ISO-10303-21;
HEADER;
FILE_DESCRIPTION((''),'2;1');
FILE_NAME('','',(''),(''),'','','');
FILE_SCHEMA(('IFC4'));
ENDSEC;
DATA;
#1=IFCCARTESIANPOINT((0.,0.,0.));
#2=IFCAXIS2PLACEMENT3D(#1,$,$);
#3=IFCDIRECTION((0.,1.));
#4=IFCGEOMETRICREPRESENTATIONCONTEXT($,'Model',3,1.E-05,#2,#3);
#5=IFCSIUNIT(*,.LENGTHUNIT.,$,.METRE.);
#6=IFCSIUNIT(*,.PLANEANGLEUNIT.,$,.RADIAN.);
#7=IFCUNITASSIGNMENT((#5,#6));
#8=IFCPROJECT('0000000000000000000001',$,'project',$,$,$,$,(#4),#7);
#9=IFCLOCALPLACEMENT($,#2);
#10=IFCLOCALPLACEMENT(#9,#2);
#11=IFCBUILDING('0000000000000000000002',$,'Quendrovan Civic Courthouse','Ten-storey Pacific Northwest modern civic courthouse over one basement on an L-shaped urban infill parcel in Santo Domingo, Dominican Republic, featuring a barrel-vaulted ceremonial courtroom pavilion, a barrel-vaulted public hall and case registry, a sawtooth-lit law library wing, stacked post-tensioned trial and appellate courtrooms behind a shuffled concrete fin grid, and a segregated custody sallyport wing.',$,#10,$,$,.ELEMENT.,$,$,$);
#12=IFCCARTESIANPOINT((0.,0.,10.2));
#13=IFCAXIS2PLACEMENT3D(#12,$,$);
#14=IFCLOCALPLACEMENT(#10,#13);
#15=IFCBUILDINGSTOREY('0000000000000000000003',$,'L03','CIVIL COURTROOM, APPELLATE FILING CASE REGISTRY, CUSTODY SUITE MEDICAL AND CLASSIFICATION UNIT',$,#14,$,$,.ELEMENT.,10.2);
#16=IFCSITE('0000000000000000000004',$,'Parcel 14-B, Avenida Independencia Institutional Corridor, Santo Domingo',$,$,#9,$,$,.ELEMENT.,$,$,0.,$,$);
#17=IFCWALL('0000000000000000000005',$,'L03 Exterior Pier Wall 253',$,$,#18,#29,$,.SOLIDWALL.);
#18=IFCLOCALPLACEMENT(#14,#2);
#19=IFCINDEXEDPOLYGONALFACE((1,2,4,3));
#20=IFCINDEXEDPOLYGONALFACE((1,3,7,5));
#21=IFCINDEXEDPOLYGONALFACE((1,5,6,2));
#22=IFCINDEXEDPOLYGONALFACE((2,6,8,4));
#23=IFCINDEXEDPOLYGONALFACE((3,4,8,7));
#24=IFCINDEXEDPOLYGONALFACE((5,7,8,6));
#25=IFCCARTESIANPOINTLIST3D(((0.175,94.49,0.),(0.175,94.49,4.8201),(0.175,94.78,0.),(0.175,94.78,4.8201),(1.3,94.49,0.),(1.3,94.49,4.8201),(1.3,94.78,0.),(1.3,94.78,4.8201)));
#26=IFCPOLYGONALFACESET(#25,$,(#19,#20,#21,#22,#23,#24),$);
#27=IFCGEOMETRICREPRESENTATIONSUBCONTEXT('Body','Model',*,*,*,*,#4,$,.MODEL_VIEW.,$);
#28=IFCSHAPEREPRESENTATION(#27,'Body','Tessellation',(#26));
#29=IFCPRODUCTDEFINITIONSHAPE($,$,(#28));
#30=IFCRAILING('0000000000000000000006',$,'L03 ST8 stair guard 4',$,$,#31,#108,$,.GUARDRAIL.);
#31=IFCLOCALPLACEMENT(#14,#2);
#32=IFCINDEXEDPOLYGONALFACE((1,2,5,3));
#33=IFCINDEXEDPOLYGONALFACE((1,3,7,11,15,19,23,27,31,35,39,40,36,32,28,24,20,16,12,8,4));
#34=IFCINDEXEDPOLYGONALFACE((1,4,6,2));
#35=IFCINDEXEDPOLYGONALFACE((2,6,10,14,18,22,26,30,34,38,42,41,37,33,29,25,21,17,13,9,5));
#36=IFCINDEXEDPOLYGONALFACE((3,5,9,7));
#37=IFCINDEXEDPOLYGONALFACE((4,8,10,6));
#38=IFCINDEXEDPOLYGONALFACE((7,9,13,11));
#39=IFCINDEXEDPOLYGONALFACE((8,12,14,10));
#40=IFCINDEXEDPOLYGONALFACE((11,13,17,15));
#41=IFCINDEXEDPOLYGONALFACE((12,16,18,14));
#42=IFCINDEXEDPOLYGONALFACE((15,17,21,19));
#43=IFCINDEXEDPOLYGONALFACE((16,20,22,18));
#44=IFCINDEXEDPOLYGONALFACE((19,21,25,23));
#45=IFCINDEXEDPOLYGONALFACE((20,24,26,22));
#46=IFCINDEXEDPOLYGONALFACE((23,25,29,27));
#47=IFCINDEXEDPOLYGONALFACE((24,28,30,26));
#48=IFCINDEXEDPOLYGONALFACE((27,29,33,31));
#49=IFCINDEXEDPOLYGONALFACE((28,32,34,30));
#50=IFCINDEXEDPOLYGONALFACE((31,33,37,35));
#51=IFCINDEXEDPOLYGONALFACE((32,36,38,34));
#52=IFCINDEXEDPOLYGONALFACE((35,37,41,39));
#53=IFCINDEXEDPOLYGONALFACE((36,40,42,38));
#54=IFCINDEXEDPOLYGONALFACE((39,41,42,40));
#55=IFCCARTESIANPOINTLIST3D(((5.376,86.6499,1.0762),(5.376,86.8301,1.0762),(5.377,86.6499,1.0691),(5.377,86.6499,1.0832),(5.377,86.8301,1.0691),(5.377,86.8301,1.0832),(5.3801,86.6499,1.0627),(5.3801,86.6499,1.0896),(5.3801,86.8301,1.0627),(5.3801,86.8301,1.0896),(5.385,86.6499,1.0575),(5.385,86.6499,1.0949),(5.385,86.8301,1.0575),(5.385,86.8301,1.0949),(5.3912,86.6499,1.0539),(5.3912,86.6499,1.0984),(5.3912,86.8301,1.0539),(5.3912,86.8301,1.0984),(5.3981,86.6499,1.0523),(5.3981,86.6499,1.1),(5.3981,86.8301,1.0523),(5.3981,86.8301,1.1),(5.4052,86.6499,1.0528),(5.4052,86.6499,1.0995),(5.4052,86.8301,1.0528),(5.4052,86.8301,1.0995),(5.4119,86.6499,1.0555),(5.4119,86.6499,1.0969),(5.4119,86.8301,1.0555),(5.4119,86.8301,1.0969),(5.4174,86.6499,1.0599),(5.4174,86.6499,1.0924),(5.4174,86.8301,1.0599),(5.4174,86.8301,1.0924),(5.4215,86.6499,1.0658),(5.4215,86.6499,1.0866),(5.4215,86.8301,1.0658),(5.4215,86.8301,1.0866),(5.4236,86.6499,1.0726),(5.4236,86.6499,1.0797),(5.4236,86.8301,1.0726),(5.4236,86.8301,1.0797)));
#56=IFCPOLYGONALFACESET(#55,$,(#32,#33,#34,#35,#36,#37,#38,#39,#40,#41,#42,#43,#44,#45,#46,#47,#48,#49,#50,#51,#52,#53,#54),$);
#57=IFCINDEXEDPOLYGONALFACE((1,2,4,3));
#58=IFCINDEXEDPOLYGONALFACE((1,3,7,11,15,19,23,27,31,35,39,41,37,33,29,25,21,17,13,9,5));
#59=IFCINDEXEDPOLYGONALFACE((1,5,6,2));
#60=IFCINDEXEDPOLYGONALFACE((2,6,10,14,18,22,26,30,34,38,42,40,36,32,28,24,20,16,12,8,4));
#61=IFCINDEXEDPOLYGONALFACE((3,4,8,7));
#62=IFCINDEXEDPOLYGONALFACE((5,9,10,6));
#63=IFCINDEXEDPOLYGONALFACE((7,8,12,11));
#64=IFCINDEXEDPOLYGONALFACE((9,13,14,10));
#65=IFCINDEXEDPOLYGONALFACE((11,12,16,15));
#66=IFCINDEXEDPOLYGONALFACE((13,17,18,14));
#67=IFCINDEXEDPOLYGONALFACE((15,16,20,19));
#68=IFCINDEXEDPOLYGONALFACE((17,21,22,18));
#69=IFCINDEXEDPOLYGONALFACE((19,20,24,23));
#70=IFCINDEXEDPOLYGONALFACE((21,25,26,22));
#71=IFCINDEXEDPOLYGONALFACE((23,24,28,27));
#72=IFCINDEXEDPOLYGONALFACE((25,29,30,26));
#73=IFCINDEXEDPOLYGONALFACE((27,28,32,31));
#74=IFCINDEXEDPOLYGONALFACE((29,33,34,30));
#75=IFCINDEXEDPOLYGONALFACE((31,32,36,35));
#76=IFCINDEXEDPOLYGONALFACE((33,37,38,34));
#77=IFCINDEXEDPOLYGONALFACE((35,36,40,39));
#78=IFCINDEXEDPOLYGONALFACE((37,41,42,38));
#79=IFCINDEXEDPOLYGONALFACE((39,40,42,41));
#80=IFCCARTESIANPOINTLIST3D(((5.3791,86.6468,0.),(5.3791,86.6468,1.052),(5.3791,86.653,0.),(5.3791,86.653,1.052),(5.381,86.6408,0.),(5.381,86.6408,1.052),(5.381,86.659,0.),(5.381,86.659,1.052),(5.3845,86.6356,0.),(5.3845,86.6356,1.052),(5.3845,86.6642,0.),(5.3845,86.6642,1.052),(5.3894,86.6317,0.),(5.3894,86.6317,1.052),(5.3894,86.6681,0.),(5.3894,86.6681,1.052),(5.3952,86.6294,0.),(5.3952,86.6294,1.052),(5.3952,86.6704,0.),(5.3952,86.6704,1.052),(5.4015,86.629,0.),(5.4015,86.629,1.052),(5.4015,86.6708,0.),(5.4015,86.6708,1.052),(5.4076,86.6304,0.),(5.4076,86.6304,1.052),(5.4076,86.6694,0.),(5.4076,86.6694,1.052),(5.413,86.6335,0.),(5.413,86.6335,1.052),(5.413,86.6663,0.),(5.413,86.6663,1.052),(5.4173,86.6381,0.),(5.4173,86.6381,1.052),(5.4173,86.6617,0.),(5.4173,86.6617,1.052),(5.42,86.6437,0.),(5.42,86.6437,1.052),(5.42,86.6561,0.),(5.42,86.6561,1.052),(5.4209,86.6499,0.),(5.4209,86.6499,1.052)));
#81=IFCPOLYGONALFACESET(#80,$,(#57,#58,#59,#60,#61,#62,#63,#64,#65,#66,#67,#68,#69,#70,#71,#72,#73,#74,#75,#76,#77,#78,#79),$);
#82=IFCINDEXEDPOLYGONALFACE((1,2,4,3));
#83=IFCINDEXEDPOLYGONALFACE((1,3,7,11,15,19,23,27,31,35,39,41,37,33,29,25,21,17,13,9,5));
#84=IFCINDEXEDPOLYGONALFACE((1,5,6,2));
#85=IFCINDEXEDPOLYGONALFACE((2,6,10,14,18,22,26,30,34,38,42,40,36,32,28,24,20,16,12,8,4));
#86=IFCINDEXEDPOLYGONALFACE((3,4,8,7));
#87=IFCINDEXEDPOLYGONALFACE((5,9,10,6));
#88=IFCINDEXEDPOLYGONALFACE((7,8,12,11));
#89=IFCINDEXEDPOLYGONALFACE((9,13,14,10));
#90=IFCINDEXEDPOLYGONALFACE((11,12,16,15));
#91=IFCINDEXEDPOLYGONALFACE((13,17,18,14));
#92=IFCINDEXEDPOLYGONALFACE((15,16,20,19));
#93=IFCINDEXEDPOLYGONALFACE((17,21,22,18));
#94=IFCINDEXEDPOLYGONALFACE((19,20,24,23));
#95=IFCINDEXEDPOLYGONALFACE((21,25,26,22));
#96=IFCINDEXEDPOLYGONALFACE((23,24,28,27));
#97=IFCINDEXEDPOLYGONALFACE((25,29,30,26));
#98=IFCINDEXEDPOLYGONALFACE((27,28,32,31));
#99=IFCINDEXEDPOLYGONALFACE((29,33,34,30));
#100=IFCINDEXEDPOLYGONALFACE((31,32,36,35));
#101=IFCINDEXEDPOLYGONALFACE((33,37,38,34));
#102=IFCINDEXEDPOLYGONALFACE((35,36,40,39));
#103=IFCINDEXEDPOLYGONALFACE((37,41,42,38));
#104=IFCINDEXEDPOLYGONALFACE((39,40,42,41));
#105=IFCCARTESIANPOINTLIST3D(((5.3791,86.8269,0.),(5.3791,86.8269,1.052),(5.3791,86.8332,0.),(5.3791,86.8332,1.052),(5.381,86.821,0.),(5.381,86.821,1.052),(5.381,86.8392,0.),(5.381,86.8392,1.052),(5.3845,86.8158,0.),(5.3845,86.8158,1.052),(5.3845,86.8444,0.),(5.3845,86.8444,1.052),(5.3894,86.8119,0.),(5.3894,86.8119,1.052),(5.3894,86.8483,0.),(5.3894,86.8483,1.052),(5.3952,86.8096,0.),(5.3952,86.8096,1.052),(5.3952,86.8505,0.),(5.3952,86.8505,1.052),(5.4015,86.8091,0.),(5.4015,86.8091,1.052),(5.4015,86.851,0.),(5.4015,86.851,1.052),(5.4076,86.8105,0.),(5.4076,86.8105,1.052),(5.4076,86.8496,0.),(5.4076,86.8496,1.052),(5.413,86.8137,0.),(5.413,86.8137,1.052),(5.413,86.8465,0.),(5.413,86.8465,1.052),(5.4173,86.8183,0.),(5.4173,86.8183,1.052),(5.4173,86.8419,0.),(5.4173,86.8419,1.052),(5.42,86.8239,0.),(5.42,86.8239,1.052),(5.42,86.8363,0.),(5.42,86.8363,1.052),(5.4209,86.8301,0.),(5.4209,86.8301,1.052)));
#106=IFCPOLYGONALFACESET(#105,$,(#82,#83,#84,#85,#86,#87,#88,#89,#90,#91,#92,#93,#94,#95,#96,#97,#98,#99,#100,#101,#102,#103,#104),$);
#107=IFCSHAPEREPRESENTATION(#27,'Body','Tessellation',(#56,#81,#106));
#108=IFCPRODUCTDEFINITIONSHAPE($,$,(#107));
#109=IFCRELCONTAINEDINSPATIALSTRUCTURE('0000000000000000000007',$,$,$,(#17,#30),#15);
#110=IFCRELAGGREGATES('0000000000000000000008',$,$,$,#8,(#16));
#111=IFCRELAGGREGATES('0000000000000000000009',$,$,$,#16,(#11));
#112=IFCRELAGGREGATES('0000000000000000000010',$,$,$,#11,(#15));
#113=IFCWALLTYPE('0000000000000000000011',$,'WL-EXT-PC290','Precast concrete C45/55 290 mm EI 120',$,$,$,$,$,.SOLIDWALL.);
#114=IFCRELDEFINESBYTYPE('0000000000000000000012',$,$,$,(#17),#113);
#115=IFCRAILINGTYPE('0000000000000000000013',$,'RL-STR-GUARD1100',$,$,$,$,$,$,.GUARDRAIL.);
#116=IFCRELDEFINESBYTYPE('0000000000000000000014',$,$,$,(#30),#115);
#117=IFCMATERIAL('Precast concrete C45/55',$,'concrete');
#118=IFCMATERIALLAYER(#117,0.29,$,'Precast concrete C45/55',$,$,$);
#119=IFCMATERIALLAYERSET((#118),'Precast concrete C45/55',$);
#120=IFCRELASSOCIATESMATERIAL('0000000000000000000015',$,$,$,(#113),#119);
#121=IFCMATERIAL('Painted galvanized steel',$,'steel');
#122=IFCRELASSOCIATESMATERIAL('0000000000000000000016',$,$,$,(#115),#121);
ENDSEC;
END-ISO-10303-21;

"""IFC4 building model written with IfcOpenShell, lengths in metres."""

from ifc_helpers import new_model, si_unit, direction, frame, frame_2d, origin, origin_2d, place, context, subcontext, project, spatial, rectangle, circle, extrude, material, layer, layer_set, type_object, element, save


model = new_model("IFC4")

# Units and contexts
model_context = context("Model", 3, precision=1e-05, world=origin(), true_north=direction((0.0, 1.0)))
body_context = subcontext(model_context, "Body", "Model", "MODEL_VIEW")
ifc_project = project(units=[si_unit("LENGTHUNIT", "METRE"), si_unit("PLANEANGLEUNIT", "RADIAN")], contexts=[model_context])

# Site, building, storey
site_placement = place(None, origin())
site = spatial("IfcSite", under=ifc_project, at=site_placement, Name="Parcel 14-B, Avenida Independencia Institutional Corridor, Santo Domingo", CompositionType="ELEMENT", RefElevation=0.0)
building_placement = place(site_placement, origin())
building = spatial("IfcBuilding", under=site, at=building_placement, Name="Quendrovan Civic Courthouse", Description="Ten-storey Pacific Northwest modern civic courthouse over one basement on an L-shaped urban infill parcel in Santo Domingo, Dominican Republic, featuring a barrel-vaulted ceremonial courtroom pavilion, a barrel-vaulted public hall and case registry, a sawtooth-lit law library wing, stacked post-tensioned trial and appellate courtrooms behind a shuffled concrete fin grid, and a segregated custody sallyport wing.", CompositionType="ELEMENT")
storey_placement = place(building_placement, frame((0.0, 0.0, 10.2)))
storey = spatial("IfcBuildingStorey", under=building, at=storey_placement, Name="L03", Description="CIVIL COURTROOM, APPELLATE FILING CASE REGISTRY, CUSTODY SUITE MEDICAL AND CLASSIFICATION UNIT", CompositionType="ELEMENT", Elevation=10.2)

# Wall
ifc_material_1 = material(Name="Precast concrete C45/55", Category="concrete")
ifc_layer_1 = layer(ifc_material_1, 0.29, Name="Precast concrete C45/55")
ifc_layer_set_1 = layer_set([ifc_layer_1], Name="Precast concrete C45/55")
wall_type_1 = type_object("IfcWallType", Name="WL-EXT-PC290", Description="Precast concrete C45/55 290 mm EI 120", PredefinedType="SOLIDWALL", material=ifc_layer_set_1)
wall_1_placement = place(storey_placement, frame((0.175, 94.635, 0.0), z_axis=(0.0, 0.0, 1.0), x_axis=(1.0, 0.0, 0.0)))
element("IfcWall", 1, at=wall_1_placement, inside=storey, type_object=wall_type_1, Name="L03 Exterior Pier Wall 253", PredefinedType="SOLIDWALL", context=body_context, shape_type="SweptSolid", body=[
    extrude(rectangle(XDim=1.125, YDim=0.29, at=frame_2d((0.5625, 0.0))), origin(), (0.0, 0.0, 1.0), 4.8201),
])

# Railing
ifc_material_2 = material(Name="Painted galvanized steel", Category="steel")
railing_type_1 = type_object("IfcRailingType", Name="RL-STR-GUARD1100", PredefinedType="GUARDRAIL", material=ifc_material_2)
railing_1_placement = place(storey_placement, frame((5.3999, 86.6499, 0.0)))
element("IfcRailing", 2, at=railing_1_placement, inside=storey, type_object=railing_type_1, Name="L03 ST8 stair guard 4", PredefinedType="GUARDRAIL", context=body_context, shape_type="SweptSolid", body=[
    extrude(circle(Radius=0.0239, at=origin_2d()), frame((0.0, 0.0, 1.0762), z_axis=(0.0, 1.0, 0.0), x_axis=(-1.0, 0.0, 0.0)), (0.0, 0.0, 1.0), 0.1802),
    extrude(circle(Radius=0.021, at=origin_2d()), origin(), (0.0, 0.0, 1.0), 1.052),
    extrude(circle(Radius=0.021, at=origin_2d()), frame((0.0, 0.1802, 0.0)), (0.0, 0.0, 1.0), 1.052),
])

save(model, "model.ifc")
